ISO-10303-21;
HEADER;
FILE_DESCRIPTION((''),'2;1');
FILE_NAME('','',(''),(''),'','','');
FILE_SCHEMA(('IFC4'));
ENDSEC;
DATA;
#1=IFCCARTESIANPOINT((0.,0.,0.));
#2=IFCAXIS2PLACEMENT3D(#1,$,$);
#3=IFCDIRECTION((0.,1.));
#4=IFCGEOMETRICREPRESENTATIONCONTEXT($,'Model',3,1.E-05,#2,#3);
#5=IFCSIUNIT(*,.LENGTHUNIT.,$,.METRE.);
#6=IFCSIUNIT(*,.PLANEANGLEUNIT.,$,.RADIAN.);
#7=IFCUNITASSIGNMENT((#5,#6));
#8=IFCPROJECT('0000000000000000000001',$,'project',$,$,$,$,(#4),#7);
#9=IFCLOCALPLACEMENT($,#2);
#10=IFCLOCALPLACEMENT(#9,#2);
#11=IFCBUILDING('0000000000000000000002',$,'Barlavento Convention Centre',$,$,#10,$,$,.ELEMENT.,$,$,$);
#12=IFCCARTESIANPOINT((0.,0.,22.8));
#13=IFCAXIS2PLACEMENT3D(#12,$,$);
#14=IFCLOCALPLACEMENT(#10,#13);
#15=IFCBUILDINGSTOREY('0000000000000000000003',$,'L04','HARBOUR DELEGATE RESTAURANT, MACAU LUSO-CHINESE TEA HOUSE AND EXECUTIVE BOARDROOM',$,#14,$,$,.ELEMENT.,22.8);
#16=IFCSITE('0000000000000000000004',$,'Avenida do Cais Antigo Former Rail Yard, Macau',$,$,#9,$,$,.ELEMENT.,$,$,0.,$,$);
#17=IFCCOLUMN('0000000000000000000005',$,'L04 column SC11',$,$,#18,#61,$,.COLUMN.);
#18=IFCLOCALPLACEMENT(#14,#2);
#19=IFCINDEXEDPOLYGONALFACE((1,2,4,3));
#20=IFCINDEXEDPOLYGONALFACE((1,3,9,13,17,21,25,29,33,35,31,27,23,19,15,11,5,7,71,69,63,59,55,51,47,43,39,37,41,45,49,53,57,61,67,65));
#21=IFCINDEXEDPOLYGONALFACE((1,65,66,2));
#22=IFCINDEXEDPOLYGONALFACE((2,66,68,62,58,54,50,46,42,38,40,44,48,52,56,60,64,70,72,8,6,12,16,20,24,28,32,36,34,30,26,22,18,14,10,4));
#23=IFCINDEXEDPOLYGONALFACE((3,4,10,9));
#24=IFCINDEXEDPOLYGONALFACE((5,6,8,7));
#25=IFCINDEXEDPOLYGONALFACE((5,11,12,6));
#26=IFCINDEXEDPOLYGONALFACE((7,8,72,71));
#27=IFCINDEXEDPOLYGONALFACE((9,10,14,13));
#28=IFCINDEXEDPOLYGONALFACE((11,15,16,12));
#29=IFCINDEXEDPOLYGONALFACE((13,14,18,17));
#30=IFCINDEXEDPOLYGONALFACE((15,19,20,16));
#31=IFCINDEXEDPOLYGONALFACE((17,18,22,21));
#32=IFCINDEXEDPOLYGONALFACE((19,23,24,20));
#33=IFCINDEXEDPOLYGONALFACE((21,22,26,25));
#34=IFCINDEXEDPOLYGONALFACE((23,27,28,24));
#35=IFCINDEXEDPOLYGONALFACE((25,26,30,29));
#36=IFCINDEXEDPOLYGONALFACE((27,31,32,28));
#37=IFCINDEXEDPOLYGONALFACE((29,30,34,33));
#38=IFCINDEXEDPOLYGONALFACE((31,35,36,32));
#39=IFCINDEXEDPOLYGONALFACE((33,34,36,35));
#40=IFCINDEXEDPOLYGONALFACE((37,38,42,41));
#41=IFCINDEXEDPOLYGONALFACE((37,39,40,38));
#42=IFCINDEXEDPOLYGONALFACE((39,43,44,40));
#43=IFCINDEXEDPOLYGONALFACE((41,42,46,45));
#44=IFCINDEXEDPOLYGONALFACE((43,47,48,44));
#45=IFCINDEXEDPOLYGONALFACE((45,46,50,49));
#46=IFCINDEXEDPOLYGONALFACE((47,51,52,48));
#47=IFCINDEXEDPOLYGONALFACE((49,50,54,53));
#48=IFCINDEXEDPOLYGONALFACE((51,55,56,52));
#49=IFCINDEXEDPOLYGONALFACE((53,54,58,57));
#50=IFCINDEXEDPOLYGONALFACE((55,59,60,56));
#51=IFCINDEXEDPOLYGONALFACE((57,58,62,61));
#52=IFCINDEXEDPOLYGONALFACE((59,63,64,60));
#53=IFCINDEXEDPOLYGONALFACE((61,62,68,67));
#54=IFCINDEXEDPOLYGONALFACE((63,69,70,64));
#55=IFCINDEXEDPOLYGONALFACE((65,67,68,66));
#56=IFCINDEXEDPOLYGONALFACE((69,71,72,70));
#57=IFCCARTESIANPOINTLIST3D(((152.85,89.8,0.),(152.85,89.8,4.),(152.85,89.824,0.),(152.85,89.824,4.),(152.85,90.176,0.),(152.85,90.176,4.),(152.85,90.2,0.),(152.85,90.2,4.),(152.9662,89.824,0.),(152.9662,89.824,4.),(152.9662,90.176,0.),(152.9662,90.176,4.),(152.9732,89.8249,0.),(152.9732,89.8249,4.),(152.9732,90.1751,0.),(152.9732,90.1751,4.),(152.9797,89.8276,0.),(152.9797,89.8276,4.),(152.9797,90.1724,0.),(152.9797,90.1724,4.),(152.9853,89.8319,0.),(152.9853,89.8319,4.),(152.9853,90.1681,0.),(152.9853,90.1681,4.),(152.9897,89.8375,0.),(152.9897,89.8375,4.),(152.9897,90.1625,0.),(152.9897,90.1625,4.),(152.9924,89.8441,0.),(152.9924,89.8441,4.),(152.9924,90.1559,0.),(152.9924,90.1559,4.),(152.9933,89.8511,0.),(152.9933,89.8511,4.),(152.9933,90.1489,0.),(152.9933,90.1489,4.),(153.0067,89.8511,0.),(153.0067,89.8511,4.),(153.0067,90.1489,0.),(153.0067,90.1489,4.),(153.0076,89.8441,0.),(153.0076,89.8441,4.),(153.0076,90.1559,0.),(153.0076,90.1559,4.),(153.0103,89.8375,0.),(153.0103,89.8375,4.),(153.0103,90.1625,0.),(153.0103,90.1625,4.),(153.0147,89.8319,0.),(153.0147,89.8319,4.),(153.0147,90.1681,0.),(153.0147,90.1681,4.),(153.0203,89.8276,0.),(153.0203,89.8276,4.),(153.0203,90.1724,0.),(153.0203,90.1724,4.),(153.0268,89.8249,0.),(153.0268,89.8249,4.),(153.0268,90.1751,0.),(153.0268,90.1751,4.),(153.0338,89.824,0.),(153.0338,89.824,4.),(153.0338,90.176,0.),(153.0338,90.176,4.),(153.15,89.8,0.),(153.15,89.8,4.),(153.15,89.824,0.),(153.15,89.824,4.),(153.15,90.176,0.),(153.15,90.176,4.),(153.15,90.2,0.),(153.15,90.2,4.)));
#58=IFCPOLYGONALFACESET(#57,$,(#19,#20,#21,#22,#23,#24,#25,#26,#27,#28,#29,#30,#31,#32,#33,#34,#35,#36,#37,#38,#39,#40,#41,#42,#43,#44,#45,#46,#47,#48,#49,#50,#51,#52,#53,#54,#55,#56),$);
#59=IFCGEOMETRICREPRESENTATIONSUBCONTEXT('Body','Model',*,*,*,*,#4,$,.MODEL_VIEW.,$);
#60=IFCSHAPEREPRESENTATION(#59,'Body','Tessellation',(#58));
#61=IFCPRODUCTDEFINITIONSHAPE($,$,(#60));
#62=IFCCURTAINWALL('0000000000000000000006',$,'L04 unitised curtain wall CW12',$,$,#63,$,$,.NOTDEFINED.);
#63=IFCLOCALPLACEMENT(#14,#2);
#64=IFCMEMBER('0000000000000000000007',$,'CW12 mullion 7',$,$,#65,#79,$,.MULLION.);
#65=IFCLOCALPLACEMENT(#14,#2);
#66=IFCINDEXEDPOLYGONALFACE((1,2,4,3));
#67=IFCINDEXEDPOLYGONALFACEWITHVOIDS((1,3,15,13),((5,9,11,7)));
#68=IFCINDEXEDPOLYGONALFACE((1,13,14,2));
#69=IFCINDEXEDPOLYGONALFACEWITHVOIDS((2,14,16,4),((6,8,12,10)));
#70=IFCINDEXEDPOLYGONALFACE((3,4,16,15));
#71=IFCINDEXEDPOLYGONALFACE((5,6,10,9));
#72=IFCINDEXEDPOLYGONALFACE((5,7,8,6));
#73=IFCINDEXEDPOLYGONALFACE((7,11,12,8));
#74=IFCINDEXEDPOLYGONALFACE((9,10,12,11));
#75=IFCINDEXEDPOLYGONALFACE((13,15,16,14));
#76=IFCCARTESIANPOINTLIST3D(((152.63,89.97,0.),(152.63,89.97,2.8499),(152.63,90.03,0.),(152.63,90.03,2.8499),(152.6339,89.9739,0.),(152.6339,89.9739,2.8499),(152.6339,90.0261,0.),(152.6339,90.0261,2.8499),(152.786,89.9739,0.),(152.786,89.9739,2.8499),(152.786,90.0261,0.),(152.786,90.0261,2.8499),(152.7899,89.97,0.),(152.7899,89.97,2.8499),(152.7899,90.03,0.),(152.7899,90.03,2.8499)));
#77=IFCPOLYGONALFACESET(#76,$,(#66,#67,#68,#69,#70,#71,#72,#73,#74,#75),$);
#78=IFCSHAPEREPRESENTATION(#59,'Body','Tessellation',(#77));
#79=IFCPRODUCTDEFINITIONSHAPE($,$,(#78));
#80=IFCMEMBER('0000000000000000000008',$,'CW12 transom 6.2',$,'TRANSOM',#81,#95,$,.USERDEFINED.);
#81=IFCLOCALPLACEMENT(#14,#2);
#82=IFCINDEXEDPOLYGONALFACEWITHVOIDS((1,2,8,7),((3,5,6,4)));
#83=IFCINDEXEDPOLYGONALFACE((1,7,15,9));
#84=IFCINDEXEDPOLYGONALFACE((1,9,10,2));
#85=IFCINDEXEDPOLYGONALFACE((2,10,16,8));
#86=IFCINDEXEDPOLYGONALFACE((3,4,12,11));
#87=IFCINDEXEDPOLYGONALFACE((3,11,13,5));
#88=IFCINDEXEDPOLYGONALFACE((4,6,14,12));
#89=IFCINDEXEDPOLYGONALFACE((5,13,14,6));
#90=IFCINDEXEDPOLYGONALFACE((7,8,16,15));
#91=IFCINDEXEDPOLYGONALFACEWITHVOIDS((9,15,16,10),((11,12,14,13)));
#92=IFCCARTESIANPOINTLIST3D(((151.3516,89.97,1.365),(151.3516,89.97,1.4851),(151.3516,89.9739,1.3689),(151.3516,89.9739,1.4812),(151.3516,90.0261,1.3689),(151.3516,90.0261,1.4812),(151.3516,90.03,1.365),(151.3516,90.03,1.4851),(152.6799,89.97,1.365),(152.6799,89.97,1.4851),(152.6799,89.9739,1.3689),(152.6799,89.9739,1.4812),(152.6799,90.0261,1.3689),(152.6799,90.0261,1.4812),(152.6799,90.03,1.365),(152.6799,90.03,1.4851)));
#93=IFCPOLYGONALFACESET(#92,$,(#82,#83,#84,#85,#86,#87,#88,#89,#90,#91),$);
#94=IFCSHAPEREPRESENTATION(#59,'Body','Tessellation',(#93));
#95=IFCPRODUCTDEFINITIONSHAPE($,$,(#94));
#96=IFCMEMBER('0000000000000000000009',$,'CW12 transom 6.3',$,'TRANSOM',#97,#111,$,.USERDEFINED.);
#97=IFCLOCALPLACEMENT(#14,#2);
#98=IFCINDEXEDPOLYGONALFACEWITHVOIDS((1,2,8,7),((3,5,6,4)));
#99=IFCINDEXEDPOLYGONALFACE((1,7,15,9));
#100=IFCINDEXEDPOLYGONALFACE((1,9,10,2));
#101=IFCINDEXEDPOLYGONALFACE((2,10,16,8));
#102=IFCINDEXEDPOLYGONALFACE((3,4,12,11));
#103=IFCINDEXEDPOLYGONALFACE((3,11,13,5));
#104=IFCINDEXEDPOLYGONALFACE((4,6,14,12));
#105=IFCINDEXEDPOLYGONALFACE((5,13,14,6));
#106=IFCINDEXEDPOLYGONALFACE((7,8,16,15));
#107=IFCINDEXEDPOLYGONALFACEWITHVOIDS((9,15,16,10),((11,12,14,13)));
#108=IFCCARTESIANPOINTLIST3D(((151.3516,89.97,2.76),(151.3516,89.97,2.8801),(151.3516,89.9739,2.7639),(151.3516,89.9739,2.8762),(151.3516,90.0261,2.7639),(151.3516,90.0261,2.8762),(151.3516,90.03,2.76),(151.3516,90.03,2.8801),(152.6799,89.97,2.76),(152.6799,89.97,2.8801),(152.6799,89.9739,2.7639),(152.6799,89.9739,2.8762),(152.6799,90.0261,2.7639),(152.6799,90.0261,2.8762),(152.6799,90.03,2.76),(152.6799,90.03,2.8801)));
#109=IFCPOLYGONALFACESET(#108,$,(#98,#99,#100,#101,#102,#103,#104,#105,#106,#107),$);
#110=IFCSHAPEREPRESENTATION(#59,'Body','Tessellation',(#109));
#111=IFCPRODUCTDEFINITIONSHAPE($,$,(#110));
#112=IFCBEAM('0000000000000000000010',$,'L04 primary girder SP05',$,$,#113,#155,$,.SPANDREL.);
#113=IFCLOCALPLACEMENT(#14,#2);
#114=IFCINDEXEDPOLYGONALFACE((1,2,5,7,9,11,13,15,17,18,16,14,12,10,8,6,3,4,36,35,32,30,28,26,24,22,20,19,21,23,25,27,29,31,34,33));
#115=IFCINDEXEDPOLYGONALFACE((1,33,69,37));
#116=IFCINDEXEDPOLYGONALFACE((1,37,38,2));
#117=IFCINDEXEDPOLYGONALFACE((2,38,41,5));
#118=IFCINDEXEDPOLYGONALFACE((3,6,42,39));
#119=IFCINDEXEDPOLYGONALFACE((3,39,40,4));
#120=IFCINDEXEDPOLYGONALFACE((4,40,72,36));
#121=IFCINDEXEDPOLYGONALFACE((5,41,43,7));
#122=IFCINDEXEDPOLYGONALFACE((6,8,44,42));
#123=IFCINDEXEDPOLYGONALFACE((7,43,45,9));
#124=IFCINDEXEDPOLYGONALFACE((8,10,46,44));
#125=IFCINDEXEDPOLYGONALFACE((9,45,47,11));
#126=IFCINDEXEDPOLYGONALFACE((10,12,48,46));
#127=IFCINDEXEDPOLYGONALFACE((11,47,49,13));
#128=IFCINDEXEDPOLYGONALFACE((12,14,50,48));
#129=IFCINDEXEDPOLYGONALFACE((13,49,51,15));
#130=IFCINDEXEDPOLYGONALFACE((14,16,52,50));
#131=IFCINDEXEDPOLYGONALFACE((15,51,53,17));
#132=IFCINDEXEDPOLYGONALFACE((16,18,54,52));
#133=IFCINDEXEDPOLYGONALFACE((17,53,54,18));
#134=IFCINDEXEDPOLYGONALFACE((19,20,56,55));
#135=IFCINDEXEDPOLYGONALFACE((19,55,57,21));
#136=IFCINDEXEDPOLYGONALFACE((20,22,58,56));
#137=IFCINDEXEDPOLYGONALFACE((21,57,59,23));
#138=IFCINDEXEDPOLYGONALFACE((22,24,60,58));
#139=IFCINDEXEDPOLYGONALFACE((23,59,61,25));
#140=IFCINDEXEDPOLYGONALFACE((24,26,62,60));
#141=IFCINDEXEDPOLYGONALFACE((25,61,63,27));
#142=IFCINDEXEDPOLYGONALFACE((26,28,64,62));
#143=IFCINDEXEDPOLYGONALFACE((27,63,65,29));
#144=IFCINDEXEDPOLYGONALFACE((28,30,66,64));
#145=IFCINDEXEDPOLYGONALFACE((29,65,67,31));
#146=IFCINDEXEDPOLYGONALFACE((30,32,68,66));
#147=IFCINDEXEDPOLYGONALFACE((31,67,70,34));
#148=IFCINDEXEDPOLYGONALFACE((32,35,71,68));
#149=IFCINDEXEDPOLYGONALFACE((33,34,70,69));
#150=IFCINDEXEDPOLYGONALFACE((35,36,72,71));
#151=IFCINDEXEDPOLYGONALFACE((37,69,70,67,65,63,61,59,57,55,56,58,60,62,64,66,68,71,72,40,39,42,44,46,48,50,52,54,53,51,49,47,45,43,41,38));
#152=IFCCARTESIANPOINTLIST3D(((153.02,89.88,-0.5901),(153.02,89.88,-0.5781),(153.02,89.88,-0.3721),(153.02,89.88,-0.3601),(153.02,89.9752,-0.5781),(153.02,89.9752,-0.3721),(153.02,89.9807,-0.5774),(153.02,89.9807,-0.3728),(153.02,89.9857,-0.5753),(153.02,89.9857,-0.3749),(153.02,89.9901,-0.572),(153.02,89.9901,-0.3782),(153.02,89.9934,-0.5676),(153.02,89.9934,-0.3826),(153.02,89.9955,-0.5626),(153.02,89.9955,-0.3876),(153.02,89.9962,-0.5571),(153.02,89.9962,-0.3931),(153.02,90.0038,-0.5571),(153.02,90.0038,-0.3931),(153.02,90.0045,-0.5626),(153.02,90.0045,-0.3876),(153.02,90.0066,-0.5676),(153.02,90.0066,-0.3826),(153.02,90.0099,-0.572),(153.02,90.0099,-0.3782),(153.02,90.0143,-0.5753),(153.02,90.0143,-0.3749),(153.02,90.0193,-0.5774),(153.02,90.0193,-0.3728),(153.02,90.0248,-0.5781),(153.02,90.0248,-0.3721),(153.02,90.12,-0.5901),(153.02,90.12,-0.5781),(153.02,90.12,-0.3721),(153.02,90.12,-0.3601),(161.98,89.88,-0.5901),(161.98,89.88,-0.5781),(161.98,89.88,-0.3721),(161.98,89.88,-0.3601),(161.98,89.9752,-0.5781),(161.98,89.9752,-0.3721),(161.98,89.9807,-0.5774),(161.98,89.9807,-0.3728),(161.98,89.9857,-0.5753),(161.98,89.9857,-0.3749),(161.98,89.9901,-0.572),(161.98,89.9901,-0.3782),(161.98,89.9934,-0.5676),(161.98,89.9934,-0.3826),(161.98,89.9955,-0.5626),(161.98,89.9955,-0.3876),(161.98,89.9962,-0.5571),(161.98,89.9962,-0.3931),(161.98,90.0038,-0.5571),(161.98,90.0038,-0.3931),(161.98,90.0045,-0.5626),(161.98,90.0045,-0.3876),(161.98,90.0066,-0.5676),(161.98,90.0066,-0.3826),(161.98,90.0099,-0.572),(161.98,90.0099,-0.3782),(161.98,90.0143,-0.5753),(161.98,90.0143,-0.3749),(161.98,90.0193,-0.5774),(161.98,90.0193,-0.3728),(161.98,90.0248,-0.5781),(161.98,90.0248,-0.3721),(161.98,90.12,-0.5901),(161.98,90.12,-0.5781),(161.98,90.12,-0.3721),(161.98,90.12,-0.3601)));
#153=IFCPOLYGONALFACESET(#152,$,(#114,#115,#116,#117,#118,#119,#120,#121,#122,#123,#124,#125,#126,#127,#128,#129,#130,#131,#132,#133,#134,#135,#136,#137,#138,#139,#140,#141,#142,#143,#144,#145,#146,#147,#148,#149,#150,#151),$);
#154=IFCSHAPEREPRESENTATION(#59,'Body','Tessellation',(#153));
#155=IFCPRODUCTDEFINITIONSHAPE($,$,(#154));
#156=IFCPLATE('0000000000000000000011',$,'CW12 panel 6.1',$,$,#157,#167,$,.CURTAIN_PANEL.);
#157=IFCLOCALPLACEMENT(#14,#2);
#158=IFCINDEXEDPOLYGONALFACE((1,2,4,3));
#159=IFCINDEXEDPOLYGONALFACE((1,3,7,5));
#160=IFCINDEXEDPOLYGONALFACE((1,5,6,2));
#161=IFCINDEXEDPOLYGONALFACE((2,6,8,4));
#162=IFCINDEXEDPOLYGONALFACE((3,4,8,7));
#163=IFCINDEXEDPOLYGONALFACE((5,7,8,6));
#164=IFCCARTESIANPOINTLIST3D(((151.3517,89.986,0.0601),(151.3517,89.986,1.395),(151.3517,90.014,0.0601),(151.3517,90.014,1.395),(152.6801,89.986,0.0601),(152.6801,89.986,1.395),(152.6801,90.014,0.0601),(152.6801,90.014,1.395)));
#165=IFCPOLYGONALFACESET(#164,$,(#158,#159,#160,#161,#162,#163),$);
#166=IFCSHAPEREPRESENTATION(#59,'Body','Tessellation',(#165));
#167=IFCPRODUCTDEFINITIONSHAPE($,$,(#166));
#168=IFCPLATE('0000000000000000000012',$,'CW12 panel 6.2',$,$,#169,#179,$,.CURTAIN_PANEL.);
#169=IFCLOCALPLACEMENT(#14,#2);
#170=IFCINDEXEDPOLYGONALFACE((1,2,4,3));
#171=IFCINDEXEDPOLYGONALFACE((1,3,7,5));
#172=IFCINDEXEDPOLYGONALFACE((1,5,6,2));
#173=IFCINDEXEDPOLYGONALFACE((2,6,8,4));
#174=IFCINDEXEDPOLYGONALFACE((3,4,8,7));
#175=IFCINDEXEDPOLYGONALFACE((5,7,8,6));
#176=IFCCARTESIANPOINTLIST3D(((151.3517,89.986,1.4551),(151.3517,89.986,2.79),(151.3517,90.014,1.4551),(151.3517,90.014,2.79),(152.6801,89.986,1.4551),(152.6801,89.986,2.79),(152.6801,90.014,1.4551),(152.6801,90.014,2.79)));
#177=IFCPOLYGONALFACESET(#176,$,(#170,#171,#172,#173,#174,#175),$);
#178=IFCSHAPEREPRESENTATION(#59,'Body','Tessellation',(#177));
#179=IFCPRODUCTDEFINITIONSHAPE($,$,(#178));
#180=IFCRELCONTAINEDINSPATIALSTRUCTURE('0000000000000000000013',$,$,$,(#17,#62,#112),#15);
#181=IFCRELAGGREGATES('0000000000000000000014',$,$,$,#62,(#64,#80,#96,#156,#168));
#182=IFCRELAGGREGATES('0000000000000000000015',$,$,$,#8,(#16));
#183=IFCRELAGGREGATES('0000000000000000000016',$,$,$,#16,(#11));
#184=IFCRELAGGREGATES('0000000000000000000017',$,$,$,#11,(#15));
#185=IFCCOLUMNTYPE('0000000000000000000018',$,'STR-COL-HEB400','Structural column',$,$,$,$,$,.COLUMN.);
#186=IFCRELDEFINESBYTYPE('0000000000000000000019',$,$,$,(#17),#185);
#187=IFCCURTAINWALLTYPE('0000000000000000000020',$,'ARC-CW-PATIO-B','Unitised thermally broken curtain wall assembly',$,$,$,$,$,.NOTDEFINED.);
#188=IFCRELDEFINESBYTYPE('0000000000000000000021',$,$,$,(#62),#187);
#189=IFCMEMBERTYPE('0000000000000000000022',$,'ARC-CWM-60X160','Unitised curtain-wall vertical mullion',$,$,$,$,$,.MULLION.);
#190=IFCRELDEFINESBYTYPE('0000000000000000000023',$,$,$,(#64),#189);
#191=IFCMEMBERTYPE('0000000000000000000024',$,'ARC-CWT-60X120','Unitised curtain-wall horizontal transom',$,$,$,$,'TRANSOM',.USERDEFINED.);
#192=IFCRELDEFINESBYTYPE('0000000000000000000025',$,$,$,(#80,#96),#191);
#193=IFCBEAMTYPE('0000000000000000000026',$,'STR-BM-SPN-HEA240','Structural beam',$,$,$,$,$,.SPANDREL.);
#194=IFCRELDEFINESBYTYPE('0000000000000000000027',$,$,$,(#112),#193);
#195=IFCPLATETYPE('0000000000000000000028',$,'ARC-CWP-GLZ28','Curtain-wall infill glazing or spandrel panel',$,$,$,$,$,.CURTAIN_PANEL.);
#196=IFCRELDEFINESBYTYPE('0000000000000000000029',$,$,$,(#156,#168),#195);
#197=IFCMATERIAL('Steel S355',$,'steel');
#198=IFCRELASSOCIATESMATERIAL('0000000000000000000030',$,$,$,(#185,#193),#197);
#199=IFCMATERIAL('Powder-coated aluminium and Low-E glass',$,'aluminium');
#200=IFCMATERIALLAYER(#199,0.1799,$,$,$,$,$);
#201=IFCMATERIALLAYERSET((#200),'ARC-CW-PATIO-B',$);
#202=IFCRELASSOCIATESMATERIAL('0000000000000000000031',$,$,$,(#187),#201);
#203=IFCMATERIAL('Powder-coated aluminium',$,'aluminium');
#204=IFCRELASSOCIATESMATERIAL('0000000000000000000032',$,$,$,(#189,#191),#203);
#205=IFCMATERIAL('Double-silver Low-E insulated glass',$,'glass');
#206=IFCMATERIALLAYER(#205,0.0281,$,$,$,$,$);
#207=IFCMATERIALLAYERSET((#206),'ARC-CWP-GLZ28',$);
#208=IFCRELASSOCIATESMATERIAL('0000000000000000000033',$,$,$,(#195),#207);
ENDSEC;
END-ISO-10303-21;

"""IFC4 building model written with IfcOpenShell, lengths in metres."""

from ifc_helpers import new_model, si_unit, direction, frame, origin, origin_2d, place, context, subcontext, project, spatial, rectangle, hollow_rectangle, i_section, extrude, material, layer, layer_set, material_profile, profile_set, type_object, element, aggregate, save


model = new_model("IFC4")

# Units and contexts
model_context = context("Model", 3, precision=1e-05, world=origin(), true_north=direction((0.0, 1.0)))
body_context = subcontext(model_context, "Body", "Model", "MODEL_VIEW")
ifc_project = project(units=[si_unit("LENGTHUNIT", "METRE"), si_unit("PLANEANGLEUNIT", "RADIAN")], contexts=[model_context])

# Site, building, storey
site_placement = place(None, origin())
site = spatial("IfcSite", under=ifc_project, at=site_placement, Name="Avenida do Cais Antigo Former Rail Yard, Macau", CompositionType="ELEMENT", RefElevation=0.0)
building_placement = place(site_placement, origin())
building = spatial("IfcBuilding", under=site, at=building_placement, Name="Barlavento Convention Centre", CompositionType="ELEMENT")
storey_placement = place(building_placement, frame((0.0, 0.0, 22.8)))
storey = spatial("IfcBuildingStorey", under=building, at=storey_placement, Name="L04", Description="HARBOUR DELEGATE RESTAURANT, MACAU LUSO-CHINESE TEA HOUSE AND EXECUTIVE BOARDROOM", CompositionType="ELEMENT", Elevation=22.8)

# Column
ifc_material_1 = material(Name="Steel S355", Category="steel")
ifc_material_profile_1 = material_profile(ifc_material_1, i_section(OverallWidth=0.3, OverallDepth=0.3999, WebThickness=0.0134, FlangeThickness=0.0239, FilletRadius=0.0271, at=origin_2d()), Name="HEB 400")
ifc_profile_set_1 = profile_set([ifc_material_profile_1], Name="Steel S355")
column_type = type_object("IfcColumnType", Name="STR-COL-HEB400", Description="Structural column", PredefinedType="COLUMN", material=ifc_profile_set_1)
column_placement = place(storey_placement, frame((153.0, 90.0, 0.0), z_axis=(0.0, 0.0, 1.0), x_axis=(1.0, 0.0, 0.0)))
element("IfcColumn", 1, at=column_placement, inside=storey, type_object=column_type, Name="L04 column SC11", PredefinedType="COLUMN", context=body_context, shape_type="SweptSolid", body=[
    extrude(i_section(OverallWidth=0.3, OverallDepth=0.3999, WebThickness=0.0134, FlangeThickness=0.0239, FilletRadius=0.0271, at=origin_2d()), origin(), (0.0, 0.0, 1.0), 4.0),
])

# Curtain wall, members
ifc_material_2 = material(Name="Powder-coated aluminium and Low-E glass", Category="aluminium")
ifc_layer_1 = layer(ifc_material_2, 0.1799)
ifc_layer_set_1 = layer_set([ifc_layer_1], Name="ARC-CW-PATIO-B")
curtain_wall_type = type_object("IfcCurtainWallType", Name="ARC-CW-PATIO-B", Description="Unitised thermally broken curtain wall assembly", PredefinedType="NOTDEFINED", material=ifc_layer_set_1)
curtain_wall_placement = place(storey_placement, origin())
curtain_wall = element("IfcCurtainWall", 2, at=curtain_wall_placement, inside=storey, type_object=curtain_wall_type, Name="L04 unitised curtain wall CW12", PredefinedType="NOTDEFINED")
ifc_material_3 = material(Name="Powder-coated aluminium", Category="aluminium")
ifc_material_profile_2 = material_profile(ifc_material_3, hollow_rectangle(XDim=0.0601, YDim=0.1599, WallThickness=0.0039, at=origin_2d()), Name="AL-MULL 60x160x4")
ifc_profile_set_2 = profile_set([ifc_material_profile_2], Name="Powder-coated aluminium")
member_type_1 = type_object("IfcMemberType", Name="ARC-CWM-60X160", Description="Unitised curtain-wall vertical mullion", PredefinedType="MULLION", material=ifc_profile_set_2)
member_1_placement = place(storey_placement, frame((152.71, 90.0, 0.0), z_axis=(0.0, 0.0, 1.0), x_axis=(0.0, 1.0, 0.0)))
member_1 = element("IfcMember", 3, at=member_1_placement, type_object=member_type_1, Name="CW12 mullion 7", PredefinedType="MULLION", context=body_context, shape_type="SweptSolid", body=[
    extrude(hollow_rectangle(XDim=0.0601, YDim=0.1599, WallThickness=0.0039, at=origin_2d()), origin(), (0.0, 0.0, 1.0), 2.8499),
])
ifc_material_profile_3 = material_profile(ifc_material_3, hollow_rectangle(XDim=0.0601, YDim=0.1201, WallThickness=0.0039, at=origin_2d()), Name="AL-TRAN 60x120x4")
ifc_profile_set_3 = profile_set([ifc_material_profile_3], Name="Powder-coated aluminium")
member_type_2 = type_object("IfcMemberType", Name="ARC-CWT-60X120", Description="Unitised curtain-wall horizontal transom", ElementType="TRANSOM", PredefinedType="USERDEFINED", material=ifc_profile_set_3)
member_2_placement = place(storey_placement, frame((151.3516, 90.0, 1.425), z_axis=(1.0, 0.0, 0.0), x_axis=(0.0, 1.0, 0.0)))
member_2 = element("IfcMember", 4, at=member_2_placement, type_object=member_type_2, Name="CW12 transom 6.2", ObjectType="TRANSOM", PredefinedType="USERDEFINED", context=body_context, shape_type="SweptSolid", body=[
    extrude(hollow_rectangle(XDim=0.0601, YDim=0.1201, WallThickness=0.0039, at=origin_2d()), origin(), (0.0, 0.0, 1.0), 1.3284),
])
member_3_placement = place(storey_placement, frame((151.3516, 90.0, 2.8201), z_axis=(1.0, 0.0, 0.0), x_axis=(0.0, 1.0, 0.0)))
member_3 = element("IfcMember", 5, at=member_3_placement, type_object=member_type_2, Name="CW12 transom 6.3", ObjectType="TRANSOM", PredefinedType="USERDEFINED", context=body_context, shape_type="SweptSolid", body=[
    extrude(hollow_rectangle(XDim=0.0601, YDim=0.1201, WallThickness=0.0039, at=origin_2d()), origin(), (0.0, 0.0, 1.0), 1.3284),
])

# Beam
ifc_material_profile_4 = material_profile(ifc_material_1, i_section(OverallWidth=0.24, OverallDepth=0.23, WebThickness=0.0076, FlangeThickness=0.012, FilletRadius=0.021, at=origin_2d()), Name="HEA 240")
ifc_profile_set_4 = profile_set([ifc_material_profile_4], Name="Steel S355")
beam_type = type_object("IfcBeamType", Name="STR-BM-SPN-HEA240", Description="Structural beam", PredefinedType="SPANDREL", material=ifc_profile_set_4)
beam_placement = place(storey_placement, frame((153.02, 90.0, -0.4751), z_axis=(1.0, 0.0, 0.0), x_axis=(0.0, 1.0, 0.0)))
element("IfcBeam", 6, at=beam_placement, inside=storey, type_object=beam_type, Name="L04 primary girder SP05", PredefinedType="SPANDREL", context=body_context, shape_type="SweptSolid", body=[
    extrude(i_section(OverallWidth=0.24, OverallDepth=0.23, WebThickness=0.0076, FlangeThickness=0.012, FilletRadius=0.021, at=origin_2d()), origin(), (0.0, 0.0, 1.0), 8.96),
])

# Plates
ifc_material_4 = material(Name="Double-silver Low-E insulated glass", Category="glass")
ifc_layer_2 = layer(ifc_material_4, 0.0281)
ifc_layer_set_2 = layer_set([ifc_layer_2], Name="ARC-CWP-GLZ28")
plate_type = type_object("IfcPlateType", Name="ARC-CWP-GLZ28", Description="Curtain-wall infill glazing or spandrel panel", PredefinedType="CURTAIN_PANEL", material=ifc_layer_set_2)
plate_1_placement = place(storey_placement, frame((152.0159, 90.0, 0.0601), z_axis=(0.0, 0.0, 1.0), x_axis=(1.0, 0.0, 0.0)))
plate_1 = element("IfcPlate", 7, at=plate_1_placement, type_object=plate_type, Name="CW12 panel 6.1", PredefinedType="CURTAIN_PANEL", context=body_context, shape_type="SweptSolid", body=[
    extrude(rectangle(XDim=1.3284, YDim=0.0281, at=origin_2d()), origin(), (0.0, 0.0, 1.0), 1.335),
])
plate_2_placement = place(storey_placement, frame((152.0159, 90.0, 1.4551), z_axis=(0.0, 0.0, 1.0), x_axis=(1.0, 0.0, 0.0)))
plate_2 = element("IfcPlate", 8, at=plate_2_placement, type_object=plate_type, Name="CW12 panel 6.2", PredefinedType="CURTAIN_PANEL", context=body_context, shape_type="SweptSolid", body=[
    extrude(rectangle(XDim=1.3284, YDim=0.0281, at=origin_2d()), origin(), (0.0, 0.0, 1.0), 1.335),
])
aggregate(curtain_wall, [member_1, member_2, member_3, plate_1, plate_2])

save(model, "model.ifc")
